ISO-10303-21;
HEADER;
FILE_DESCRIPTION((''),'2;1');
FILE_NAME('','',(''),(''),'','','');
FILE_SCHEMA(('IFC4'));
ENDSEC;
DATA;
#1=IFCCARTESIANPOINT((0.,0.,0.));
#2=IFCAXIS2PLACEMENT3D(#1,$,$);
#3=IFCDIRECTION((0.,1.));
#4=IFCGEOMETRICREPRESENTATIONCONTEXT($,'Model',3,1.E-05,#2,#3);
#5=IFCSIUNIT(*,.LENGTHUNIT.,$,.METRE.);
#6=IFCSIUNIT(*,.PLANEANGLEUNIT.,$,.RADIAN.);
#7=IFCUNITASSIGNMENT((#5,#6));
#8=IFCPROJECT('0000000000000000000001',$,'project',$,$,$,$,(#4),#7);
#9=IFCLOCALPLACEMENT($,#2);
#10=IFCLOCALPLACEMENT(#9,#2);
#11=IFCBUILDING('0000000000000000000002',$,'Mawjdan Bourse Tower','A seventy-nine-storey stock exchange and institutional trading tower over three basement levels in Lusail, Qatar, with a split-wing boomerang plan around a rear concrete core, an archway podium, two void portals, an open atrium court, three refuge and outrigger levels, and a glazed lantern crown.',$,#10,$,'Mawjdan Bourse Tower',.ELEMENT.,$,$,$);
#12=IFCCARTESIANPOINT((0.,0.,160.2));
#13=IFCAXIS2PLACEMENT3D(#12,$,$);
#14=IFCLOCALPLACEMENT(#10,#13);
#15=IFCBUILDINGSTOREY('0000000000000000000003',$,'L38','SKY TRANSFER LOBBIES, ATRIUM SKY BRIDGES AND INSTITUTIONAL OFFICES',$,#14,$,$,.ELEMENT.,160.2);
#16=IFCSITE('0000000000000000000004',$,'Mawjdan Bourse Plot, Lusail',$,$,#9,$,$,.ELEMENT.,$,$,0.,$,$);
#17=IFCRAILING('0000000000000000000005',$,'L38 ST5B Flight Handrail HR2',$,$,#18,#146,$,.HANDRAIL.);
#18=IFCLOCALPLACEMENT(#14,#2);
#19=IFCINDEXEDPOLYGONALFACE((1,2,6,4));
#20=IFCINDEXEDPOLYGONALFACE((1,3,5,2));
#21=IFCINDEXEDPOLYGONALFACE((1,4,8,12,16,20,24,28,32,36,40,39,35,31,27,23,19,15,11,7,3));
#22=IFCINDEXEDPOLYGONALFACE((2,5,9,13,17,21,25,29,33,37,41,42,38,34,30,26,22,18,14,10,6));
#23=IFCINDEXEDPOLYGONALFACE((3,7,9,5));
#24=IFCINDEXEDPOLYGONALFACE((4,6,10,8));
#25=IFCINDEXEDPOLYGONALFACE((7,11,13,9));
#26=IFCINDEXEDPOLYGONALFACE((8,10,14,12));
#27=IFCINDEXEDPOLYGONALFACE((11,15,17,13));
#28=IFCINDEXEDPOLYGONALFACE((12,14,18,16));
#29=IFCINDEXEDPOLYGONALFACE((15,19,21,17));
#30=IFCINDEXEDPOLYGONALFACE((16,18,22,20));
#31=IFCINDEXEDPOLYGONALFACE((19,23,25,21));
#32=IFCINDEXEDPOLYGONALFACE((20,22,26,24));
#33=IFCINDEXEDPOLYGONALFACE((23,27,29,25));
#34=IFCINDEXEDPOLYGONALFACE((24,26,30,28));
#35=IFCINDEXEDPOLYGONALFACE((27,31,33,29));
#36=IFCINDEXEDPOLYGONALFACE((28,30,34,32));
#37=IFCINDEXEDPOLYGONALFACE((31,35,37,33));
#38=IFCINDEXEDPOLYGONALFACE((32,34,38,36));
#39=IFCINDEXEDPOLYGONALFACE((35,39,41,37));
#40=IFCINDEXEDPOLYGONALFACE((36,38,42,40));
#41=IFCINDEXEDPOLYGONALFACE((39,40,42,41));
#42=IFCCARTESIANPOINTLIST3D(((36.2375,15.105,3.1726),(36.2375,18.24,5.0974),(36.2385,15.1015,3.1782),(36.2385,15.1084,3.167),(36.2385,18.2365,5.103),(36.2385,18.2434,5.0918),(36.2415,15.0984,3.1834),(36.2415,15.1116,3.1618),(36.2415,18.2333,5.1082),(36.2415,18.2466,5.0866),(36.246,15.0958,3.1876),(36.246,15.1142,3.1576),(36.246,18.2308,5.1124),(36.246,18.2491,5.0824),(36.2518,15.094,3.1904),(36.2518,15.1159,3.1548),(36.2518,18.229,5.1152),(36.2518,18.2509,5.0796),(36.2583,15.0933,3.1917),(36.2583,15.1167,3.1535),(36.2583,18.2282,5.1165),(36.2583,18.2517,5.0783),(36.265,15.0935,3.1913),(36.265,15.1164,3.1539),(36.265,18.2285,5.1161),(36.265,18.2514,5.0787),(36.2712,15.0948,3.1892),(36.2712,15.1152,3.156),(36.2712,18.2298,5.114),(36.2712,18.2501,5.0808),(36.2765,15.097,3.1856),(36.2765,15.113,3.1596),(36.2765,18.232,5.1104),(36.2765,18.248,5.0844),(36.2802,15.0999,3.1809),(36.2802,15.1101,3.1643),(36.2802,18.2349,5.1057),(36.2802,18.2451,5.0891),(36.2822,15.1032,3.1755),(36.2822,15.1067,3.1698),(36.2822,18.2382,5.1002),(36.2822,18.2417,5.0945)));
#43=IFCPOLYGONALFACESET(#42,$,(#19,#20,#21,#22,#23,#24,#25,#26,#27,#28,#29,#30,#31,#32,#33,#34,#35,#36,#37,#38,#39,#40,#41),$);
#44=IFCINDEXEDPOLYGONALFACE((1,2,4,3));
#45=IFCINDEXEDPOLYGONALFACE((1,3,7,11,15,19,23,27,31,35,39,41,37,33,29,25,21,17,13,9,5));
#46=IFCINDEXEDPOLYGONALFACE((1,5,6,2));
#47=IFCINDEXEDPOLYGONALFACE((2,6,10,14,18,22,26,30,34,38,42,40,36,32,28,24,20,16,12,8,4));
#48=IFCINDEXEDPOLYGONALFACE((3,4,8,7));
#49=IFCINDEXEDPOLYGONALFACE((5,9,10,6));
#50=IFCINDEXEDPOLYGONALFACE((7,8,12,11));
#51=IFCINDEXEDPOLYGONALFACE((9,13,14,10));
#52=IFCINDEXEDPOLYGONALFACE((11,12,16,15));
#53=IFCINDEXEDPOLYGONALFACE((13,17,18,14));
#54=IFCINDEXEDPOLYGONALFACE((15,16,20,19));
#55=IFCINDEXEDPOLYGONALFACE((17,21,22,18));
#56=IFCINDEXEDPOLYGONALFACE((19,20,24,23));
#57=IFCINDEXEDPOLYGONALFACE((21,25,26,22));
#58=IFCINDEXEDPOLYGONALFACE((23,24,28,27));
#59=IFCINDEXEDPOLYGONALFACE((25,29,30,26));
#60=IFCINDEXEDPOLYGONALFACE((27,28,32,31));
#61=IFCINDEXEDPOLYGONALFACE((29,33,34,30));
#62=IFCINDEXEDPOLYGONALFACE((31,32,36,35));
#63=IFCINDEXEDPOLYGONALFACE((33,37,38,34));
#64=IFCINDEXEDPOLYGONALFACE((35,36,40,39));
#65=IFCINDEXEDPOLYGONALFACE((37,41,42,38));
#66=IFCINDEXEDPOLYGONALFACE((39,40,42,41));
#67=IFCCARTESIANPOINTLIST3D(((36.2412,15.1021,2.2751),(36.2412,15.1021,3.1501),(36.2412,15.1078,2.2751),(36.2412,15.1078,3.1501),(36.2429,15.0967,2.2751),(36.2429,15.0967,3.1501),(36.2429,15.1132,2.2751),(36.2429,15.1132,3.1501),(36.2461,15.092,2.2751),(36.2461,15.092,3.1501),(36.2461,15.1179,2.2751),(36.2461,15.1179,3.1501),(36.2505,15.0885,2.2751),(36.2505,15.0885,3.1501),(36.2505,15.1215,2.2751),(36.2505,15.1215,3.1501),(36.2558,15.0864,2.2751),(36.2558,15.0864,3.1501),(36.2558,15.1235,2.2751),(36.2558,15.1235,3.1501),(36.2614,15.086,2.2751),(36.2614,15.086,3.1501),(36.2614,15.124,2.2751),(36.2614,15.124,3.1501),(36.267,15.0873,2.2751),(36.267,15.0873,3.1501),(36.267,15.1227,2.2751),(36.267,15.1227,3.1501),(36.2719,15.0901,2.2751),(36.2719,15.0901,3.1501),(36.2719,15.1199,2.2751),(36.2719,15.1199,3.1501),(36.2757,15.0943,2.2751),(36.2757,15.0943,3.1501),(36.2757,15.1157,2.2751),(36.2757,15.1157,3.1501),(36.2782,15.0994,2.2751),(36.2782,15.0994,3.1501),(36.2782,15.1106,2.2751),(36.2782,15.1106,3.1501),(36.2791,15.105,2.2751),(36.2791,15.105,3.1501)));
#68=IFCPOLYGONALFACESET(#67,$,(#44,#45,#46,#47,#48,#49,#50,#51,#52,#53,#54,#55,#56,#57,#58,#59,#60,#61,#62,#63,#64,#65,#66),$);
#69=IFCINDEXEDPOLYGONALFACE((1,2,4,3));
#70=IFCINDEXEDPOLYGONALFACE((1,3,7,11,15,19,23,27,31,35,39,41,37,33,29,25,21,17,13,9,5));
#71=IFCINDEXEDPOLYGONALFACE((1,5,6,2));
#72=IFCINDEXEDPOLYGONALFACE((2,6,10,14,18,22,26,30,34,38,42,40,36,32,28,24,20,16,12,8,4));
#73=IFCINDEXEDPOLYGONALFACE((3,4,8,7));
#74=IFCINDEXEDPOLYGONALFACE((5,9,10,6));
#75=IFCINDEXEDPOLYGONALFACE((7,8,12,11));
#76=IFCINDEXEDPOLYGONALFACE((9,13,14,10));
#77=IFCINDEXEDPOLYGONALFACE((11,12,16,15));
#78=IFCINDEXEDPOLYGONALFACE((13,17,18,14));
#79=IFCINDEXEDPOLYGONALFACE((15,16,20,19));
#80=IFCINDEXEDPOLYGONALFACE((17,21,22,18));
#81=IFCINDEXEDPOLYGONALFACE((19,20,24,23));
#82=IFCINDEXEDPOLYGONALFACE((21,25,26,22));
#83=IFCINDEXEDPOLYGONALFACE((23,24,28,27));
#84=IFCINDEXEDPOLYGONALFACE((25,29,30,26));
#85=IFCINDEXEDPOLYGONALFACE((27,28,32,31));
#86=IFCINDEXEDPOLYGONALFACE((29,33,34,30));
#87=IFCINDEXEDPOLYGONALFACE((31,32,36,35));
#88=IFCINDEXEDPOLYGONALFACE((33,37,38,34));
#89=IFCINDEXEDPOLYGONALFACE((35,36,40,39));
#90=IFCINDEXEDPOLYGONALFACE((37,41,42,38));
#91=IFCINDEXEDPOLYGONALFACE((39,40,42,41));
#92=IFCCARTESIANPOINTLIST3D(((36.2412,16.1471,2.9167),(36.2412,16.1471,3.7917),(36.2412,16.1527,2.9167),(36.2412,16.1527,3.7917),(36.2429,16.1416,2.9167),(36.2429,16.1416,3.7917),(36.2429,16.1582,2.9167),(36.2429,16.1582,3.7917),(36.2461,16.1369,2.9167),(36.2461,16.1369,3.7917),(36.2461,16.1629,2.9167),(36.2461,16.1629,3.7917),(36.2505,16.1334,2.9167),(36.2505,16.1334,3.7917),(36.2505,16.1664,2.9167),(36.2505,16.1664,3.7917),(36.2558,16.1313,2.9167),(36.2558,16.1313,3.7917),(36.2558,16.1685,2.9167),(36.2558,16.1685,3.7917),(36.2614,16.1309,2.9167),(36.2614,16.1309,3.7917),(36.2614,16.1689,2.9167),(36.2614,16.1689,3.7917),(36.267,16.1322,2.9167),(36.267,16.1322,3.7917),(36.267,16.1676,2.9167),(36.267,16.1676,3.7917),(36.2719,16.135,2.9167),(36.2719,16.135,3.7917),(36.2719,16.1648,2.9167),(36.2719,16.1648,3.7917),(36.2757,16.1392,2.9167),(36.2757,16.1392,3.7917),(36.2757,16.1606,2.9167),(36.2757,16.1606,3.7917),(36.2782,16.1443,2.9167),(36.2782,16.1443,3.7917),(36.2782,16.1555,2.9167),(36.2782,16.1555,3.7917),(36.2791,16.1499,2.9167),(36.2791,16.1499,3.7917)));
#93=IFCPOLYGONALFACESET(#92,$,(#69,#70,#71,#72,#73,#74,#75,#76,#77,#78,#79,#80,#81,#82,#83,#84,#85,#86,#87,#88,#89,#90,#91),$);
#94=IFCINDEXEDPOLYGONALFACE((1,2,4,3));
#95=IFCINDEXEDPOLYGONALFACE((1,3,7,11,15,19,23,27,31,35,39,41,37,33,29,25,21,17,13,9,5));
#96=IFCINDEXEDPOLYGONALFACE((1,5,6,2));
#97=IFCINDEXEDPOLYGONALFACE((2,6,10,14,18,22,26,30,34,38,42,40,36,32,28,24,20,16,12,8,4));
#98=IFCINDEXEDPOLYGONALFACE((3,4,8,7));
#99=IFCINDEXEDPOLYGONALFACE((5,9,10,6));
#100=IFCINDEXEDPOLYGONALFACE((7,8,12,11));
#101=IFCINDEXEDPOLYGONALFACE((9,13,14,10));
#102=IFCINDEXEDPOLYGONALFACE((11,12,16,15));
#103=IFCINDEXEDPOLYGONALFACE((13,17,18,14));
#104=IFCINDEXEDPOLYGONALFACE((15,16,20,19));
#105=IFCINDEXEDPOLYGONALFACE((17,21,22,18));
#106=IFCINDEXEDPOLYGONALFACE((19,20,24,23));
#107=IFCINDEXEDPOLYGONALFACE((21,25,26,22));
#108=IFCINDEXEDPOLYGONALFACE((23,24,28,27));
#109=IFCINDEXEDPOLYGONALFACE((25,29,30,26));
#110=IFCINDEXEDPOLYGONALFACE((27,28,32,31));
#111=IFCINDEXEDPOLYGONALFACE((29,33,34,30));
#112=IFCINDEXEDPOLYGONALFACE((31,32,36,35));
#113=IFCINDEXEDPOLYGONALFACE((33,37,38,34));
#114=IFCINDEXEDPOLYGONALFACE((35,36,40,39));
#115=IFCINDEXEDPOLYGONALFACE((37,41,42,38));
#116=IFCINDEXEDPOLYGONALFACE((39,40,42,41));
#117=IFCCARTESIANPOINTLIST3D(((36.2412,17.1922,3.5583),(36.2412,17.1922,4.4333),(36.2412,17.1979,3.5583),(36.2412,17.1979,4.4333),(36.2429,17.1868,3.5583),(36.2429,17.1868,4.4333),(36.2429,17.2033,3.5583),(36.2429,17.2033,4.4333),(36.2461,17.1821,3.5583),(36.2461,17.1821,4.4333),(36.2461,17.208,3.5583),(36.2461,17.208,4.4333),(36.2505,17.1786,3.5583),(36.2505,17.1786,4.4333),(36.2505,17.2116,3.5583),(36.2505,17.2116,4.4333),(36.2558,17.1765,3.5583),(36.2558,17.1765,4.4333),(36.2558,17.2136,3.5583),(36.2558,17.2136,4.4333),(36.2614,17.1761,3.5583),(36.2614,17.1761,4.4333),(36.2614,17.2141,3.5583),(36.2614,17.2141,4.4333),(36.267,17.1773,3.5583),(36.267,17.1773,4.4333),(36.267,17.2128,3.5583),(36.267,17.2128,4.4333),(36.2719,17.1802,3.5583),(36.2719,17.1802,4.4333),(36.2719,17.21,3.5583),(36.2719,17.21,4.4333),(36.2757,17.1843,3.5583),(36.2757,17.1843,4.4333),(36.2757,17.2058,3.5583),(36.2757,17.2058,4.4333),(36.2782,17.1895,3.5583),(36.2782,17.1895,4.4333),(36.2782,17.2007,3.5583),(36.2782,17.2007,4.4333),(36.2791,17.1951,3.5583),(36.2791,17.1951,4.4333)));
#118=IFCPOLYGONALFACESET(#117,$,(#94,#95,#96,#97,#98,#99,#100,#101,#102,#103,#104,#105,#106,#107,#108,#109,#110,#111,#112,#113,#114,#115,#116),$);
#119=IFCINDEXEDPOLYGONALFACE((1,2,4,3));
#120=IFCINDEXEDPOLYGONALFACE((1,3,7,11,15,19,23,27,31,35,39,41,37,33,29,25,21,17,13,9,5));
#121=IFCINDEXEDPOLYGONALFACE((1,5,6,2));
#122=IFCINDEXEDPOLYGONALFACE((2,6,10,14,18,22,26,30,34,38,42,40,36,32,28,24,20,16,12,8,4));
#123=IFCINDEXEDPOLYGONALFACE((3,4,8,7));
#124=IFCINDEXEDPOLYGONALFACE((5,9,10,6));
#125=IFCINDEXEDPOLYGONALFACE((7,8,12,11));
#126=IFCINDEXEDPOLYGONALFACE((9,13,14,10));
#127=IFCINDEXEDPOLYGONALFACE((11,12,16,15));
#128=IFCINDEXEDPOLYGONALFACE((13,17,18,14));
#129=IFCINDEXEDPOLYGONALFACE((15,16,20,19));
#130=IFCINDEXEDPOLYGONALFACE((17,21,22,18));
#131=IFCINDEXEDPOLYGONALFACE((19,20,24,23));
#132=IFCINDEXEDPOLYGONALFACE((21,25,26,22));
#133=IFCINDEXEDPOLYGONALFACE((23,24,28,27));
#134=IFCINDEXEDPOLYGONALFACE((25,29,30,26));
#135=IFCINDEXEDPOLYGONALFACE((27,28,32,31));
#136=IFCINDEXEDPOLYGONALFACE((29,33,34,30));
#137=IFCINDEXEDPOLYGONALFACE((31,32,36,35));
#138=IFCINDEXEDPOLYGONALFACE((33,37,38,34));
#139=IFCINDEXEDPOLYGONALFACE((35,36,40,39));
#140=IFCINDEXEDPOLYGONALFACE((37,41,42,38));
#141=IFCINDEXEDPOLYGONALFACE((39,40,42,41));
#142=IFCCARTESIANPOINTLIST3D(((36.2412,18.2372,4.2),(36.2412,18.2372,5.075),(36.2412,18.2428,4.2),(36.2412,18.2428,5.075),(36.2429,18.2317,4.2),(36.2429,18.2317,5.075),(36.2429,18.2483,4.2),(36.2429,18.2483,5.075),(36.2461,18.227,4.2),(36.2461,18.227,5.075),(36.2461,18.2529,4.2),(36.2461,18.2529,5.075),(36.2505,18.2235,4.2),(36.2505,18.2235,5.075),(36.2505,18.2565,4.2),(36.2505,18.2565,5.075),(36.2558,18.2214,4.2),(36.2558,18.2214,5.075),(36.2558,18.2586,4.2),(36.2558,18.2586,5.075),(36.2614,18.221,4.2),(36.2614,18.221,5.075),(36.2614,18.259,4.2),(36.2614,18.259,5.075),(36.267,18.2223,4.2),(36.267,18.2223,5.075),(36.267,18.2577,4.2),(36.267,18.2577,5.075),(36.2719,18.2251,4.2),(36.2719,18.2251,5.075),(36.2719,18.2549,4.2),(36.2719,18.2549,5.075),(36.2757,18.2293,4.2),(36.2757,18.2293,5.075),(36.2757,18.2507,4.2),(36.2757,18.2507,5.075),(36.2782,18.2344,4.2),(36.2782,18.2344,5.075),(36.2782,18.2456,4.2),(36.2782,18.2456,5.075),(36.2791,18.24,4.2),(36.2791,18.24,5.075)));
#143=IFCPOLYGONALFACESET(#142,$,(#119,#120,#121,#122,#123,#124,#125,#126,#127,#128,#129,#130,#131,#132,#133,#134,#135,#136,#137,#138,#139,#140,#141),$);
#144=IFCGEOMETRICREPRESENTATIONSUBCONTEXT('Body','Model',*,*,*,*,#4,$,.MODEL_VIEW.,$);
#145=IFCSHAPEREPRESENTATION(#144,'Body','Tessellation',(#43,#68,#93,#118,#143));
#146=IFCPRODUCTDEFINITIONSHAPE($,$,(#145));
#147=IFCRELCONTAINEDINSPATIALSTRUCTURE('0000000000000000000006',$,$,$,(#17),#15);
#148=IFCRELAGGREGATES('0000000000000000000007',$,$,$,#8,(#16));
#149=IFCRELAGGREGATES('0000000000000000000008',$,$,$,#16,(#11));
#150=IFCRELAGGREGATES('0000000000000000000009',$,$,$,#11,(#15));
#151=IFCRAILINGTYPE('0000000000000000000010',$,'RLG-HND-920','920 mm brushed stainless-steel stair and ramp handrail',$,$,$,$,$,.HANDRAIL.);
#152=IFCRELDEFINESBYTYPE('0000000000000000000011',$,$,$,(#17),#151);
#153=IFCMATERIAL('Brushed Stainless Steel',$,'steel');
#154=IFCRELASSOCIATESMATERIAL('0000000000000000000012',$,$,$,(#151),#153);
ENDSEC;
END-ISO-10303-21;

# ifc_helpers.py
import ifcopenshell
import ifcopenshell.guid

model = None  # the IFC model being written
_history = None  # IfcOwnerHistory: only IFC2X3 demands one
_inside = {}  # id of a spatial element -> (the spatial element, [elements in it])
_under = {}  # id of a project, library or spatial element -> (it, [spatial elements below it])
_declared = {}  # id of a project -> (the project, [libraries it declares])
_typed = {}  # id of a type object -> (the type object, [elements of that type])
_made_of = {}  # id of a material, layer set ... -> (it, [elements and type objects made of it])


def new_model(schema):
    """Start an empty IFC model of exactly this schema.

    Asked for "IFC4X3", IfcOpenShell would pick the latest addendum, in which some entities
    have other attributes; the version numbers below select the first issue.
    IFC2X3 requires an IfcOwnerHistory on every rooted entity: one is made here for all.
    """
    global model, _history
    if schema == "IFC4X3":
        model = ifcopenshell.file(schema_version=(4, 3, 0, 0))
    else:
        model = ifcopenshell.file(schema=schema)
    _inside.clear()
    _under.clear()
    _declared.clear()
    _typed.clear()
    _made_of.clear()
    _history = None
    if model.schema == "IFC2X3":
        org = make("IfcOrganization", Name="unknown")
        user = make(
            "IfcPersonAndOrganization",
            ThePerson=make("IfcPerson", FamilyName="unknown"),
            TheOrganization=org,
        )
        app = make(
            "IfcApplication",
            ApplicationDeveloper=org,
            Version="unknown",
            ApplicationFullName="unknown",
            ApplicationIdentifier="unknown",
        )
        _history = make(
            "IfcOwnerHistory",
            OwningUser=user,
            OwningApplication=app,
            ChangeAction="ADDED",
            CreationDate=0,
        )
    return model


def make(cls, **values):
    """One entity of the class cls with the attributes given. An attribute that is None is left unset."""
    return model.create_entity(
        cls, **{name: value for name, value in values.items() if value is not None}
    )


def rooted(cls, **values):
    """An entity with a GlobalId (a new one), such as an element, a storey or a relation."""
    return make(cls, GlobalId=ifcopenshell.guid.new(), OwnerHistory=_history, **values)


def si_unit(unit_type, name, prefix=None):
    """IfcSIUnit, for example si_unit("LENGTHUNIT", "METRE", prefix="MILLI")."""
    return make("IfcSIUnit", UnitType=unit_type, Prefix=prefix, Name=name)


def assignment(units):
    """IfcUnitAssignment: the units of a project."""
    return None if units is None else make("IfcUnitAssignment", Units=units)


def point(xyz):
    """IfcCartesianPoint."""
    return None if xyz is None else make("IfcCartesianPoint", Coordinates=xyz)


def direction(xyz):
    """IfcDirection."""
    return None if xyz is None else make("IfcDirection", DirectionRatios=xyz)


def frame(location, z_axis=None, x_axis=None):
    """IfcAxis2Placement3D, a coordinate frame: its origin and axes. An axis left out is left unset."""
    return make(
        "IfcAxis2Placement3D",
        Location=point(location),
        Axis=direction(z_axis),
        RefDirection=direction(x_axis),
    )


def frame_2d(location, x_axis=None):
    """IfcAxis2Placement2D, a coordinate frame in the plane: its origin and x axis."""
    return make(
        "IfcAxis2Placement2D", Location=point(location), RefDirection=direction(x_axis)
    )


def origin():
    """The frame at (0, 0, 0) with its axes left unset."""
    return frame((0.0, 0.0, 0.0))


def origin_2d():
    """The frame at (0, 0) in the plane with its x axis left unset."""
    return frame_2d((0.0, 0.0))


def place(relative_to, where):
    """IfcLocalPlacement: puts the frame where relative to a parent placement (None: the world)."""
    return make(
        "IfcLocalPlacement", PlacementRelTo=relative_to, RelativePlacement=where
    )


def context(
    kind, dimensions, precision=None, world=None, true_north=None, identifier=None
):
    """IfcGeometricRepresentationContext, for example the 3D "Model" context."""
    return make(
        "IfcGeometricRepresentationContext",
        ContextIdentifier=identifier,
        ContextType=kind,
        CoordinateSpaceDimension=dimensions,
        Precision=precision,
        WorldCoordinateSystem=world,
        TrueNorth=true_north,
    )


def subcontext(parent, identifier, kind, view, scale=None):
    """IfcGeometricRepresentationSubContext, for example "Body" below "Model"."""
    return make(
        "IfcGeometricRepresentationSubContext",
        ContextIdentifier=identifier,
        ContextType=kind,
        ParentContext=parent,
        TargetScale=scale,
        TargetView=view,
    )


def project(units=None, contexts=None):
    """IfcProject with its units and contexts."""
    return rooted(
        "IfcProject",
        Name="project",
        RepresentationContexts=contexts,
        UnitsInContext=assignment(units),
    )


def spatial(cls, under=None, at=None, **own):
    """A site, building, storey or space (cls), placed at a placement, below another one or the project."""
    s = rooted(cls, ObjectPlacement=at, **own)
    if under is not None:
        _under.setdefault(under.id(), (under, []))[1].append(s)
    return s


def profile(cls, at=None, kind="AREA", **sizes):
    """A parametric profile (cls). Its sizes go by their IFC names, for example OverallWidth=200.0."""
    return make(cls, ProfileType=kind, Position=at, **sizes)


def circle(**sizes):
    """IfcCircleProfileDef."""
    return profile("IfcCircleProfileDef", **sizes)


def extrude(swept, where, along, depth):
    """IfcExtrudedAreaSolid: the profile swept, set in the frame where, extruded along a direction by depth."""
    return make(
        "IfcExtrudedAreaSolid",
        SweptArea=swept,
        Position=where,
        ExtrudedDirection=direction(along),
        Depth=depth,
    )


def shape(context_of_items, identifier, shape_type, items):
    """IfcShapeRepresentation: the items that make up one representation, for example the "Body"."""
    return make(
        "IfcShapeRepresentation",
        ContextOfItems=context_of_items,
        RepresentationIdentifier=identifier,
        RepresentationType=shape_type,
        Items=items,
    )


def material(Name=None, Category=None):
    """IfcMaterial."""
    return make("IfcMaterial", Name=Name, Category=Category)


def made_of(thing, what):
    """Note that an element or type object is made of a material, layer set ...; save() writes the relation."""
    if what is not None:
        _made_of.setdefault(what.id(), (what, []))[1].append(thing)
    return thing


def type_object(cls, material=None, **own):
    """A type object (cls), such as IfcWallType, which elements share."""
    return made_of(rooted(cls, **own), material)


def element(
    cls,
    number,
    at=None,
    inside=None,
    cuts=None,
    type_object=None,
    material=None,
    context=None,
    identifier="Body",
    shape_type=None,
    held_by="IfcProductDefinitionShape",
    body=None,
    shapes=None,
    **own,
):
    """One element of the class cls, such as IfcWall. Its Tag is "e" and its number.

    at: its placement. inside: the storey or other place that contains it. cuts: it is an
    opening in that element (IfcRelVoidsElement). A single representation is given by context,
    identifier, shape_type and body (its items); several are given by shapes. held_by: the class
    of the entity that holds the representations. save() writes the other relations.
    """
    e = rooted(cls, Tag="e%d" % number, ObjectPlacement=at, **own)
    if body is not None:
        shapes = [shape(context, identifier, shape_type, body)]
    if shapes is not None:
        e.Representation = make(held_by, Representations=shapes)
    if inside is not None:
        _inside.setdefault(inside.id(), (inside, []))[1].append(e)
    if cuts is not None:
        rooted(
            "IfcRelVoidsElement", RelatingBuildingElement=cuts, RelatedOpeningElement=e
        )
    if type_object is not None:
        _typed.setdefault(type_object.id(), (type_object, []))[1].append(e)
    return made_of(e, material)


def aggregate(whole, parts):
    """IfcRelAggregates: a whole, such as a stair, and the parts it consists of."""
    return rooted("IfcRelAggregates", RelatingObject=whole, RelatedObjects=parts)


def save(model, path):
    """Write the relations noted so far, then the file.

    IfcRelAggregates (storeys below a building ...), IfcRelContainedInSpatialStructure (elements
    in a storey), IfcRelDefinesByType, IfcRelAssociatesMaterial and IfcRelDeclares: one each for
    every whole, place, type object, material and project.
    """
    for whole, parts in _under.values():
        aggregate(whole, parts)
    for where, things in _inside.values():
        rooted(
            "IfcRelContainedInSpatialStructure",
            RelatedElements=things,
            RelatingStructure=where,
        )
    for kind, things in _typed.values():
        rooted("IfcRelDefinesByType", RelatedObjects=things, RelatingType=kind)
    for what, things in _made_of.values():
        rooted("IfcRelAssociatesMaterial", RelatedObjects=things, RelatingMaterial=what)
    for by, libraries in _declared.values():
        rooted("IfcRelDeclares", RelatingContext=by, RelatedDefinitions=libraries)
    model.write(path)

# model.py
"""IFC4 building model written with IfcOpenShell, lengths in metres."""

from ifc_helpers import new_model, si_unit, direction, frame, origin, origin_2d, place, context, subcontext, project, spatial, circle, extrude, material, type_object, element, save


model = new_model("IFC4")

# Units and contexts
model_context = context("Model", 3, precision=1e-05, world=origin(), true_north=direction((0.0, 1.0)))
body_context = subcontext(model_context, "Body", "Model", "MODEL_VIEW")
ifc_project = project(units=[si_unit("LENGTHUNIT", "METRE"), si_unit("PLANEANGLEUNIT", "RADIAN")], contexts=[model_context])

# Site, building, storey
site_placement = place(None, origin())
site = spatial("IfcSite", under=ifc_project, at=site_placement, Name="Mawjdan Bourse Plot, Lusail", CompositionType="ELEMENT", RefElevation=0.0)
building_placement = place(site_placement, origin())
building = spatial("IfcBuilding", under=site, at=building_placement, Name="Mawjdan Bourse Tower", Description="A seventy-nine-storey stock exchange and institutional trading tower over three basement levels in Lusail, Qatar, with a split-wing boomerang plan around a rear concrete core, an archway podium, two void portals, an open atrium court, three refuge and outrigger levels, and a glazed lantern crown.", LongName="Mawjdan Bourse Tower", CompositionType="ELEMENT")
storey_placement = place(building_placement, frame((0.0, 0.0, 160.2)))
storey = spatial("IfcBuildingStorey", under=building, at=storey_placement, Name="L38", Description="SKY TRANSFER LOBBIES, ATRIUM SKY BRIDGES AND INSTITUTIONAL OFFICES", CompositionType="ELEMENT", Elevation=160.2)

# Railing
ifc_material_1 = material(Name="Brushed Stainless Steel", Category="steel")
railing_type_1 = type_object("IfcRailingType", Name="RLG-HND-920", Description="920 mm brushed stainless-steel stair and ramp handrail", PredefinedType="HANDRAIL", material=ifc_material_1)
railing_1_placement = place(storey_placement, frame((36.26, 15.105, 2.2751)))
element("IfcRailing", 1, at=railing_1_placement, inside=storey, type_object=railing_type_1, Name="L38 ST5B Flight Handrail HR2", PredefinedType="HANDRAIL", context=body_context, shape_type="SweptSolid", body=[
    extrude(circle(Radius=0.0225, at=origin_2d()), frame((0.0, 0.0, 0.8975), z_axis=(0.0, 0.852196, 0.523223), x_axis=(-1.0, 0.0, 0.0)), (0.0, 0.0, 1.0), 3.6787),
    extrude(circle(Radius=0.019, at=origin_2d()), origin(), (0.0, 0.0, 1.0), 0.875),
    extrude(circle(Radius=0.019, at=origin_2d()), frame((0.0, 1.0449, 0.6416)), (0.0, 0.0, 1.0), 0.875),
    extrude(circle(Radius=0.019, at=origin_2d()), frame((0.0, 2.0901, 1.2832)), (0.0, 0.0, 1.0), 0.875),
    extrude(circle(Radius=0.019, at=origin_2d()), frame((0.0, 3.135, 1.9248)), (0.0, 0.0, 1.0), 0.875),
])

save(model, "model.ifc")
